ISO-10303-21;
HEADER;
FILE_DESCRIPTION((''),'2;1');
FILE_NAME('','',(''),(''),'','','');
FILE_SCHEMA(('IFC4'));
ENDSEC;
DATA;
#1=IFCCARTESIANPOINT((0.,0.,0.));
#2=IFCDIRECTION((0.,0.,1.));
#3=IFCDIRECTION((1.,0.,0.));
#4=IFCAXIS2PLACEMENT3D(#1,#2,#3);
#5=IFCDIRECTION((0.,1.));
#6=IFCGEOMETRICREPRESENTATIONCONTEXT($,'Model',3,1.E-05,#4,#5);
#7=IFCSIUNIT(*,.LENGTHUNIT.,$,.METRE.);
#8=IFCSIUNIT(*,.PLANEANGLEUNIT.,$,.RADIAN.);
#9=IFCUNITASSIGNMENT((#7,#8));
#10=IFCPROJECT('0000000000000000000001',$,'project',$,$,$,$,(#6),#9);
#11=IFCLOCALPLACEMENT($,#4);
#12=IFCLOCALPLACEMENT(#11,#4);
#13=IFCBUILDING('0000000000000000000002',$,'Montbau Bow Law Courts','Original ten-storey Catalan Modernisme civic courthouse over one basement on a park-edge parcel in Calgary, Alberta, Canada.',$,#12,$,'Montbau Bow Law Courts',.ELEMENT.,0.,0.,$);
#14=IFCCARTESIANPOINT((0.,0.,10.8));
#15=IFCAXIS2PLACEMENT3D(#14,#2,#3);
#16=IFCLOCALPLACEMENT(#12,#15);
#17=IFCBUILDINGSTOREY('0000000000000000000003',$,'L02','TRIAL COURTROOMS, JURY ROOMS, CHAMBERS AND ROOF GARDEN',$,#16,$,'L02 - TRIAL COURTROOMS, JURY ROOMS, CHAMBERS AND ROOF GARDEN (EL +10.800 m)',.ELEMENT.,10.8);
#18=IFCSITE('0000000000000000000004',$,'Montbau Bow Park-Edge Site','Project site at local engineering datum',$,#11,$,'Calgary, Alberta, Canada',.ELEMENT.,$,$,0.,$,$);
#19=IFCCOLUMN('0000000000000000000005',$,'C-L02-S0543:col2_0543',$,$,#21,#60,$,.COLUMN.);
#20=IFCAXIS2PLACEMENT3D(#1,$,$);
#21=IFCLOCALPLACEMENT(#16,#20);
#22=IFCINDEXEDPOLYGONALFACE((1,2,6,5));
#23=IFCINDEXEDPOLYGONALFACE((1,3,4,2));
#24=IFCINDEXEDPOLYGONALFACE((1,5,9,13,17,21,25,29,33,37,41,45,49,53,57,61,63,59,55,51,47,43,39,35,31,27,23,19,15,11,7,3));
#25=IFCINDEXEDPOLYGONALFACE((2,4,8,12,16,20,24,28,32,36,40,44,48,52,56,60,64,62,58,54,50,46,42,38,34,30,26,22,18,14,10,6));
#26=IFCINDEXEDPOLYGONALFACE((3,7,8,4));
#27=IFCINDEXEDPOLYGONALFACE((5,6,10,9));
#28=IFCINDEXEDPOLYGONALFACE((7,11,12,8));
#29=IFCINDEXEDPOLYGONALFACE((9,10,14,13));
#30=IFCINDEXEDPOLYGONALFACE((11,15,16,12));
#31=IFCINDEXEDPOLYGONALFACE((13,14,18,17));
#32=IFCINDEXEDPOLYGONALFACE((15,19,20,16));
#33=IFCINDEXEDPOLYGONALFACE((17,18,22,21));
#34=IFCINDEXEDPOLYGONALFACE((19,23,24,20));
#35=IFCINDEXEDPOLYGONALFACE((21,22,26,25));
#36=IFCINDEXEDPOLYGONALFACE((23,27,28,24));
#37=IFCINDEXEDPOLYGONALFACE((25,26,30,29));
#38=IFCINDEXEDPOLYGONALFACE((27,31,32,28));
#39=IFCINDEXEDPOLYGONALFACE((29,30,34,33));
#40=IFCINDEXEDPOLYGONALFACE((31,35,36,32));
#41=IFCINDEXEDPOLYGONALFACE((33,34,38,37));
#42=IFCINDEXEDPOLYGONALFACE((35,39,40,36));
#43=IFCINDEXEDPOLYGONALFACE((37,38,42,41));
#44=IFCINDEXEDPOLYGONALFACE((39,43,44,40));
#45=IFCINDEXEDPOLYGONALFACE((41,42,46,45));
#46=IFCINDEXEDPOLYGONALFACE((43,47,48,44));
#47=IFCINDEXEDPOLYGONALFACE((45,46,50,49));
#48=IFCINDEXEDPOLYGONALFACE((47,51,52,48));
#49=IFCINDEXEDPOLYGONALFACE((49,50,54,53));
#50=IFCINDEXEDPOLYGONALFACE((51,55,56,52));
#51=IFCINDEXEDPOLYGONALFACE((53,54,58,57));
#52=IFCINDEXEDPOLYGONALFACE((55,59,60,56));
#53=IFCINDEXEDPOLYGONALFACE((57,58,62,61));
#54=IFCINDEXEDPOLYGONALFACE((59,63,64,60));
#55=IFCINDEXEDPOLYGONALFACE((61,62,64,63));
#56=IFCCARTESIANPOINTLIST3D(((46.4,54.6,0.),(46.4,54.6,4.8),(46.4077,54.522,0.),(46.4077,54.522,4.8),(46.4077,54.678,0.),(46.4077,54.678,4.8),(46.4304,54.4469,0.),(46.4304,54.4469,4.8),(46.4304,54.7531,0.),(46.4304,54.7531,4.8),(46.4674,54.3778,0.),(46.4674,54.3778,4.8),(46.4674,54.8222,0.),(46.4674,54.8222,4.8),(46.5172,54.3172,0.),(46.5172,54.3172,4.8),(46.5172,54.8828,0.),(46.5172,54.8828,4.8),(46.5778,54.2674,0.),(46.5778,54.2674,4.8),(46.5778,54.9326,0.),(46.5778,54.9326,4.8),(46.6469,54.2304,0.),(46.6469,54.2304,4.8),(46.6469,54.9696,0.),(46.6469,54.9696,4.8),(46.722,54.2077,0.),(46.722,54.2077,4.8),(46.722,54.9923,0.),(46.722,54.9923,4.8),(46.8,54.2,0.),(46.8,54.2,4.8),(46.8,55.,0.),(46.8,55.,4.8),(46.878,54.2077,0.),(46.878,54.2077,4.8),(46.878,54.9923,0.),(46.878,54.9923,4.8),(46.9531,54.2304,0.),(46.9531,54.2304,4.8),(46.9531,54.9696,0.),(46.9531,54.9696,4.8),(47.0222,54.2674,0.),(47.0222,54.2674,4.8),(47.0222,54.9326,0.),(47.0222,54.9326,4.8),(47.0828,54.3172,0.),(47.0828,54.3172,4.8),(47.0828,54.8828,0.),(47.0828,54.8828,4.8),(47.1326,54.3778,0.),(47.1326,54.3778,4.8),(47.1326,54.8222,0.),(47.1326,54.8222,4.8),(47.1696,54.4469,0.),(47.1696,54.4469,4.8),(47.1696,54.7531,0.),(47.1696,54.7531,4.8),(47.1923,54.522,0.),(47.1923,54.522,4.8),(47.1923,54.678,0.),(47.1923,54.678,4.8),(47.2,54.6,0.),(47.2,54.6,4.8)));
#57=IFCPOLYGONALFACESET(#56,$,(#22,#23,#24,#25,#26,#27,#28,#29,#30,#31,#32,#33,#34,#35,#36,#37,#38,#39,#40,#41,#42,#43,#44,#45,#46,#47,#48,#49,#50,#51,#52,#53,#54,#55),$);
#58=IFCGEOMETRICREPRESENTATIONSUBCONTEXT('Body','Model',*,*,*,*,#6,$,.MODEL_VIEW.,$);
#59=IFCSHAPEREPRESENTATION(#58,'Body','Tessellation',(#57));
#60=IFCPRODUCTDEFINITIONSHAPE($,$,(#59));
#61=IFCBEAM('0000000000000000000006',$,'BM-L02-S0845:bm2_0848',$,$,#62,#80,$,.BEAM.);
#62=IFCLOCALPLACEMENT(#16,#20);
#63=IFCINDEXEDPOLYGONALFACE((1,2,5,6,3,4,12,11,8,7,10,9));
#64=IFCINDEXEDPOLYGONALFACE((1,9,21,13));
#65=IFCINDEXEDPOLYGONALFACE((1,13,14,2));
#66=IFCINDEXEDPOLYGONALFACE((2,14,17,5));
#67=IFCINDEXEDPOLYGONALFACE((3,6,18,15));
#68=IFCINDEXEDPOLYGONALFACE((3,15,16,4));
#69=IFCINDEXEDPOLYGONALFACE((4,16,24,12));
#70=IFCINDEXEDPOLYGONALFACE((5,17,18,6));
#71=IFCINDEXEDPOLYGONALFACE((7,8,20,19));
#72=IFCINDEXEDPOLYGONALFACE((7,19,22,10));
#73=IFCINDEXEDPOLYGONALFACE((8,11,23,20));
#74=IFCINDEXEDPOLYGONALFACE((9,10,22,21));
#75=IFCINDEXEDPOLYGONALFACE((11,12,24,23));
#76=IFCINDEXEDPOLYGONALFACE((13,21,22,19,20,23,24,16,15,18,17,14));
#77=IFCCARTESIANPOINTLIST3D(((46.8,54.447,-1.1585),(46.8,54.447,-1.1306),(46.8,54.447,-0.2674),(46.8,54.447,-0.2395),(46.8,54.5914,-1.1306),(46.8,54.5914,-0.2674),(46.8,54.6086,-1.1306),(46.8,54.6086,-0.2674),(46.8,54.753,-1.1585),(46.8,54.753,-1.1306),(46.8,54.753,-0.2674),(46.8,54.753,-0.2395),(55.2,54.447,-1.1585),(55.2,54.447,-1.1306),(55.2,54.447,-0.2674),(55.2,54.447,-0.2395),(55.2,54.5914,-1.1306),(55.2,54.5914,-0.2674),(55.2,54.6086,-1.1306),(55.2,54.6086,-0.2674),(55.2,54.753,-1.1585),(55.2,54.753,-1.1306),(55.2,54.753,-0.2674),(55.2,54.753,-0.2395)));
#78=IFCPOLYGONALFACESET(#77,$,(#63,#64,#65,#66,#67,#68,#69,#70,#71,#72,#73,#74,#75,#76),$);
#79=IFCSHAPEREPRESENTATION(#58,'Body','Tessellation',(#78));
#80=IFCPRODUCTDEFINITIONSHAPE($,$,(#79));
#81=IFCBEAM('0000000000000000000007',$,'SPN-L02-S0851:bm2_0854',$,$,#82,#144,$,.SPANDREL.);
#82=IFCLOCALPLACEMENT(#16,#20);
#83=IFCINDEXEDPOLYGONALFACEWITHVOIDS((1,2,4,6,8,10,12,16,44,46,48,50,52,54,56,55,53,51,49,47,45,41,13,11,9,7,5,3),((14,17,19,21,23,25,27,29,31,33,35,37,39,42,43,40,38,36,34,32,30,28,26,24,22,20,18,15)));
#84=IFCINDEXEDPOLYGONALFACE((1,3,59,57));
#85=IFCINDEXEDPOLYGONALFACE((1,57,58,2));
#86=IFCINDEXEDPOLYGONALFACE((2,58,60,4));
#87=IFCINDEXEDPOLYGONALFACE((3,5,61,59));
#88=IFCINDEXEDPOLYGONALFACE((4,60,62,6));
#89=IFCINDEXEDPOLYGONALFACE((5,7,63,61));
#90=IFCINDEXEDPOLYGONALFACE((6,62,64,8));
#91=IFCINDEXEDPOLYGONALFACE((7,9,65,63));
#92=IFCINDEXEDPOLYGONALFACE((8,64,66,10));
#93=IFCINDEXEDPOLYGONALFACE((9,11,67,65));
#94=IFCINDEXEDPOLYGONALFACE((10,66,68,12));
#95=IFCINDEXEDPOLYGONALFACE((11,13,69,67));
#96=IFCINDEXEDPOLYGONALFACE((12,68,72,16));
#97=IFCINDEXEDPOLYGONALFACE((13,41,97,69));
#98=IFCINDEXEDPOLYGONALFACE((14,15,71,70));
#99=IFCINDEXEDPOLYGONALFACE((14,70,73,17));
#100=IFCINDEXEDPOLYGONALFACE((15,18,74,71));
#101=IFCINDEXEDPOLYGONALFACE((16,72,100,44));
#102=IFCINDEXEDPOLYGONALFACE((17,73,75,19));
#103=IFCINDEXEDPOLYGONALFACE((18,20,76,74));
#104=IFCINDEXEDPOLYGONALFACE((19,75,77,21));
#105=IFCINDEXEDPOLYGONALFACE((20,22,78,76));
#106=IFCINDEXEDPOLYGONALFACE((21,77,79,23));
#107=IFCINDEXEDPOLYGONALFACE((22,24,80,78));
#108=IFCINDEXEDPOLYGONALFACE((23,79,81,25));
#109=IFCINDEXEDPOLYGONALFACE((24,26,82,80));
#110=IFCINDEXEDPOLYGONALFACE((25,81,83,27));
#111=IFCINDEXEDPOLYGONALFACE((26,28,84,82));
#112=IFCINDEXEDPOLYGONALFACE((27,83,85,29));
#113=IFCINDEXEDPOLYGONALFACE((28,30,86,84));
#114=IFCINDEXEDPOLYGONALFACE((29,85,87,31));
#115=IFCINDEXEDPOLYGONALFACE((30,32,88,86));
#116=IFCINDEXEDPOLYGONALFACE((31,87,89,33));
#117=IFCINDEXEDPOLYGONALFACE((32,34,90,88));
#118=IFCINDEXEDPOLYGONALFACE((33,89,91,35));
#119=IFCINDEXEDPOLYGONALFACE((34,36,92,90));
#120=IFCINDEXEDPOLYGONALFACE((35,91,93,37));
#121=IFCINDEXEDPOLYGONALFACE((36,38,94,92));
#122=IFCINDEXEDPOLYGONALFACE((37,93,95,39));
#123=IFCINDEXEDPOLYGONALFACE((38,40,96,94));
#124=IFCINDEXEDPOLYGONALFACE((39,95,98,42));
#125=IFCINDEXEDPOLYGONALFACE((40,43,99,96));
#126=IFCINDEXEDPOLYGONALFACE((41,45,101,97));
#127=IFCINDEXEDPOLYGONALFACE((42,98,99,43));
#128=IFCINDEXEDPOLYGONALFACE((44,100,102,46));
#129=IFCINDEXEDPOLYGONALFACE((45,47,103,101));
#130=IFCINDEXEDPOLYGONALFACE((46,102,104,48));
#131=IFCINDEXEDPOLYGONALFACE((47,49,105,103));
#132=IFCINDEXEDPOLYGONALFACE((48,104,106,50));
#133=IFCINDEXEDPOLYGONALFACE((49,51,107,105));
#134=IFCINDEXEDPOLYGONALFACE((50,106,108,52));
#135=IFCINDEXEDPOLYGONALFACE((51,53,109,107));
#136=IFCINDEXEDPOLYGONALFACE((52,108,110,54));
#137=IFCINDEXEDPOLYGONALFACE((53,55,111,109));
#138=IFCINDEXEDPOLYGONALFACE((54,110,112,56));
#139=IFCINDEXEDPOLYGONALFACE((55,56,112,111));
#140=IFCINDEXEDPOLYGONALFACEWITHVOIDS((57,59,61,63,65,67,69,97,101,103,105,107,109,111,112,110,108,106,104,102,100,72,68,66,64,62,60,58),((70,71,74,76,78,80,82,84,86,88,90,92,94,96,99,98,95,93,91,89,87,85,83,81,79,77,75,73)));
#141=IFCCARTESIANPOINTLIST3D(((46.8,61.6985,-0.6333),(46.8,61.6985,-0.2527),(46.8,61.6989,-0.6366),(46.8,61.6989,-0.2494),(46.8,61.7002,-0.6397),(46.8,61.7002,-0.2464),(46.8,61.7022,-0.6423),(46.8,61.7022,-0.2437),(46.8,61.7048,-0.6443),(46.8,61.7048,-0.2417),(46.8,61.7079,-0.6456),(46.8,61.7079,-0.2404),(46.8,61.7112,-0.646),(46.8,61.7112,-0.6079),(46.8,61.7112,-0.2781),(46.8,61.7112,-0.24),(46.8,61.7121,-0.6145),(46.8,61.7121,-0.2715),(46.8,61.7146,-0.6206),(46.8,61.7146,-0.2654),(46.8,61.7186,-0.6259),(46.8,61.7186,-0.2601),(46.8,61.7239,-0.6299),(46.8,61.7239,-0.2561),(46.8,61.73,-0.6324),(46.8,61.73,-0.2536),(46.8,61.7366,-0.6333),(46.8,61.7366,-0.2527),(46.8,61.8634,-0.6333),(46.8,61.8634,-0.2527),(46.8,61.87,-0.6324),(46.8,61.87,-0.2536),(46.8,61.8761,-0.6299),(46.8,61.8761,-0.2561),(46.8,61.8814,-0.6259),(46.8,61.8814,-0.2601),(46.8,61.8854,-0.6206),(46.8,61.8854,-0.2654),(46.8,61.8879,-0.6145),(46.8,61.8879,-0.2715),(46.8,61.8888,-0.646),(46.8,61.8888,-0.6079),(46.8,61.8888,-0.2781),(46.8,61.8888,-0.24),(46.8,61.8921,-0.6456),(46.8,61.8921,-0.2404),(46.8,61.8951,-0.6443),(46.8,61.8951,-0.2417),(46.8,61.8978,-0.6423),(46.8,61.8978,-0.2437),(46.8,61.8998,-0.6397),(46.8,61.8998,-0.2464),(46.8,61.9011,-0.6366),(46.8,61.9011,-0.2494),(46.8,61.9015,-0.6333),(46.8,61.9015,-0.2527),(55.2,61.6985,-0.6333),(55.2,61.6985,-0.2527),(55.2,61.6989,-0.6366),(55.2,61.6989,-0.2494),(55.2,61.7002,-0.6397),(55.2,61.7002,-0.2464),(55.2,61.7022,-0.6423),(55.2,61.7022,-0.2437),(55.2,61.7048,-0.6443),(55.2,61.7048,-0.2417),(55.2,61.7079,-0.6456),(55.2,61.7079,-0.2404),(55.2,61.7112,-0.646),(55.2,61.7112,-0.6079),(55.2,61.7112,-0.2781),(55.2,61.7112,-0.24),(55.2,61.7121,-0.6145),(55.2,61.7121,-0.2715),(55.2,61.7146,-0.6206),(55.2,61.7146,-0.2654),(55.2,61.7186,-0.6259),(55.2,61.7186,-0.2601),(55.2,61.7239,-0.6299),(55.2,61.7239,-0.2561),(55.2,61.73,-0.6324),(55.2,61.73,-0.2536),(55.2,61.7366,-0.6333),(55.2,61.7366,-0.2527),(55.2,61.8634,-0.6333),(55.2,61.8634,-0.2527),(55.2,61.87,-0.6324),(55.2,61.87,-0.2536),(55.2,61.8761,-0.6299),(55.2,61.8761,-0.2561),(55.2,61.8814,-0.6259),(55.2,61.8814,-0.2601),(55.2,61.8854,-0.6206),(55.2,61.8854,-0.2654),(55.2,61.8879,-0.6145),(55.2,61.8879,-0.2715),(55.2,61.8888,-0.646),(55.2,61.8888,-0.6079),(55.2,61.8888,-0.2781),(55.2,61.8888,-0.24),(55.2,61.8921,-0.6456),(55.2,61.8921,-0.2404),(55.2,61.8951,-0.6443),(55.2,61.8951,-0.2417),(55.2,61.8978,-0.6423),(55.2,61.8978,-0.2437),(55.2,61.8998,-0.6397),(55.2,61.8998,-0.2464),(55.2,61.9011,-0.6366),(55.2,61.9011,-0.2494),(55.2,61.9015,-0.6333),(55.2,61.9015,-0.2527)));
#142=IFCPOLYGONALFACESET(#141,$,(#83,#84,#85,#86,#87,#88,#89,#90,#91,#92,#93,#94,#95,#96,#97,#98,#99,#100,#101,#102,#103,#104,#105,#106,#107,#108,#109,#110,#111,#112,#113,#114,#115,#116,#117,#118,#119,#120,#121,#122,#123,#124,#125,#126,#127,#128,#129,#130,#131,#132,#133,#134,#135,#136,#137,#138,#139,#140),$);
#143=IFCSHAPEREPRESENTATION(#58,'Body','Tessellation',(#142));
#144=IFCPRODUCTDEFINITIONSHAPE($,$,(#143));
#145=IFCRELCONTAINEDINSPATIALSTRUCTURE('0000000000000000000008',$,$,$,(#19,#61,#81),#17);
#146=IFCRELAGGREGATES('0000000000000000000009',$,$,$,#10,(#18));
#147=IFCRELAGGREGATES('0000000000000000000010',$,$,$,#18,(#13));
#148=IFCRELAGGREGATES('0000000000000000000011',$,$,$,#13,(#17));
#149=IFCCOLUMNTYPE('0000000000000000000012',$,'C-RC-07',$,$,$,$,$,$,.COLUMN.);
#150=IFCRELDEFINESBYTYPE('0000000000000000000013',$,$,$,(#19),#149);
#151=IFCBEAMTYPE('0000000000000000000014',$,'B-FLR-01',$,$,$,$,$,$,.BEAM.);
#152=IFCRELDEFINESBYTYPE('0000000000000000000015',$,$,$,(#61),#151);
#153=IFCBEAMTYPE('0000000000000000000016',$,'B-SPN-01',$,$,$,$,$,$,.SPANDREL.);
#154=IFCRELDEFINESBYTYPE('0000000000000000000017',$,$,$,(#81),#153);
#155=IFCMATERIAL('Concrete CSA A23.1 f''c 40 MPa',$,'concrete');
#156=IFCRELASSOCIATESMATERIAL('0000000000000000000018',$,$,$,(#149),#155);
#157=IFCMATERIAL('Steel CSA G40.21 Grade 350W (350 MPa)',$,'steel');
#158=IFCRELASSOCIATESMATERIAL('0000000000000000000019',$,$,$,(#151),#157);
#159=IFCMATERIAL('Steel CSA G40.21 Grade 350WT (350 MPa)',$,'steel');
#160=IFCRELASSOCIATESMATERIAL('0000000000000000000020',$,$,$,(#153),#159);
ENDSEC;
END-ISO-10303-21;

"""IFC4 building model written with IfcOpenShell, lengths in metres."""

from ifc_helpers import new_model, si_unit, direction, frame, origin_with_axes, origin_2d_with_axis, place, context, subcontext, project, spatial, hollow_rectangle, circle, i_section, extrude, material, material_profile, profile_set, type_object, element, save


model = new_model("IFC4")

# Units and contexts
model_context = context("Model", 3, precision=1e-05, world=origin_with_axes(), true_north=direction((0.0, 1.0)))
body_context = subcontext(model_context, "Body", "Model", "MODEL_VIEW")
ifc_project = project(units=[si_unit("LENGTHUNIT", "METRE"), si_unit("PLANEANGLEUNIT", "RADIAN")], contexts=[model_context])

# Site, building, storey
site_placement = place(None, origin_with_axes())
site = spatial("IfcSite", under=ifc_project, at=site_placement, Name="Montbau Bow Park-Edge Site", Description="Project site at local engineering datum", LongName="Calgary, Alberta, Canada", CompositionType="ELEMENT", RefElevation=0.0)
building_placement = place(site_placement, origin_with_axes())
building = spatial("IfcBuilding", under=site, at=building_placement, Name="Montbau Bow Law Courts", Description="Original ten-storey Catalan Modernisme civic courthouse over one basement on a park-edge parcel in Calgary, Alberta, Canada.", LongName="Montbau Bow Law Courts", CompositionType="ELEMENT", ElevationOfRefHeight=0.0, ElevationOfTerrain=0.0)
storey_placement = place(building_placement, frame((0.0, 0.0, 10.8), z_axis=(0.0, 0.0, 1.0), x_axis=(1.0, 0.0, 0.0)))
storey = spatial("IfcBuildingStorey", under=building, at=storey_placement, Name="L02", Description="TRIAL COURTROOMS, JURY ROOMS, CHAMBERS AND ROOF GARDEN", LongName="L02 - TRIAL COURTROOMS, JURY ROOMS, CHAMBERS AND ROOF GARDEN (EL +10.800 m)", CompositionType="ELEMENT", Elevation=10.8)

# Column
ifc_material_1 = material(Name="Concrete CSA A23.1 f'c 40 MPa", Category="concrete")
ifc_material_profile_1 = material_profile(ifc_material_1, circle(Radius=0.4, at=origin_2d_with_axis()), Name="RC800D", Category="Main", Priority=0)
ifc_profile_set_1 = profile_set([ifc_material_profile_1], Name="Concrete CSA A23.1 f'c 40 MPa")
column_type = type_object("IfcColumnType", Name="C-RC-07", PredefinedType="COLUMN", material=ifc_profile_set_1)
column_placement = place(None, frame((46.8, 54.6, 10.8), z_axis=(0.0, 0.0, 1.0), x_axis=(1.0, 0.0, 0.0)))
element("IfcColumn", 1, at=column_placement, inside=storey, type_object=column_type, Name="C-L02-S0543:col2_0543", PredefinedType="COLUMN", context=body_context, shape_type="SweptSolid", body=[
    extrude(circle(Radius=0.4, at=origin_2d_with_axis()), origin_with_axes(), (0.0, 0.0, 1.0), 4.8),
])

# Beams
ifc_material_2 = material(Name="Steel CSA G40.21 Grade 350W (350 MPa)", Category="steel")
ifc_material_profile_2 = material_profile(ifc_material_2, i_section(OverallWidth=0.306, OverallDepth=0.919, WebThickness=0.0173, FlangeThickness=0.0279, at=origin_2d_with_axis()), Name="W920X253", Category="Main", Priority=0)
ifc_profile_set_2 = profile_set([ifc_material_profile_2], Name="Steel CSA G40.21 Grade 350W (350 MPa)")
beam_type_1 = type_object("IfcBeamType", Name="B-FLR-01", PredefinedType="BEAM", material=ifc_profile_set_2)
beam_1_placement = place(None, frame((46.8, 54.6, 10.101), z_axis=(1.0, 0.0, 0.0), x_axis=(0.0, 1.0, 0.0)))
element("IfcBeam", 2, at=beam_1_placement, inside=storey, type_object=beam_type_1, Name="BM-L02-S0845:bm2_0848", PredefinedType="BEAM", context=body_context, shape_type="SweptSolid", body=[
    extrude(i_section(OverallWidth=0.306, OverallDepth=0.919, WebThickness=0.0173, FlangeThickness=0.0279, at=origin_2d_with_axis()), origin_with_axes(), (0.0, 0.0, 1.0), 8.4),
])
ifc_material_3 = material(Name="Steel CSA G40.21 Grade 350WT (350 MPa)", Category="steel")
ifc_material_profile_3 = material_profile(ifc_material_3, hollow_rectangle(XDim=0.203, YDim=0.406, WallThickness=0.0127, InnerFilletRadius=0.0254, OuterFilletRadius=0.0127, at=origin_2d_with_axis()), Name="HSS406X203X13", Category="Main", Priority=0)
ifc_profile_set_3 = profile_set([ifc_material_profile_3], Name="Steel CSA G40.21 Grade 350WT (350 MPa)")
beam_type_2 = type_object("IfcBeamType", Name="B-SPN-01", PredefinedType="SPANDREL", material=ifc_profile_set_3)
beam_2_placement = place(None, frame((46.8, 61.8, 10.357), z_axis=(1.0, 0.0, 0.0), x_axis=(0.0, 1.0, 0.0)))
element("IfcBeam", 3, at=beam_2_placement, inside=storey, type_object=beam_type_2, Name="SPN-L02-S0851:bm2_0854", PredefinedType="SPANDREL", context=body_context, shape_type="SweptSolid", body=[
    extrude(hollow_rectangle(XDim=0.203, YDim=0.406, WallThickness=0.0127, InnerFilletRadius=0.0254, OuterFilletRadius=0.0127, at=origin_2d_with_axis()), origin_with_axes(), (0.0, 0.0, 1.0), 8.4),
])

save(model, "model.ifc")
